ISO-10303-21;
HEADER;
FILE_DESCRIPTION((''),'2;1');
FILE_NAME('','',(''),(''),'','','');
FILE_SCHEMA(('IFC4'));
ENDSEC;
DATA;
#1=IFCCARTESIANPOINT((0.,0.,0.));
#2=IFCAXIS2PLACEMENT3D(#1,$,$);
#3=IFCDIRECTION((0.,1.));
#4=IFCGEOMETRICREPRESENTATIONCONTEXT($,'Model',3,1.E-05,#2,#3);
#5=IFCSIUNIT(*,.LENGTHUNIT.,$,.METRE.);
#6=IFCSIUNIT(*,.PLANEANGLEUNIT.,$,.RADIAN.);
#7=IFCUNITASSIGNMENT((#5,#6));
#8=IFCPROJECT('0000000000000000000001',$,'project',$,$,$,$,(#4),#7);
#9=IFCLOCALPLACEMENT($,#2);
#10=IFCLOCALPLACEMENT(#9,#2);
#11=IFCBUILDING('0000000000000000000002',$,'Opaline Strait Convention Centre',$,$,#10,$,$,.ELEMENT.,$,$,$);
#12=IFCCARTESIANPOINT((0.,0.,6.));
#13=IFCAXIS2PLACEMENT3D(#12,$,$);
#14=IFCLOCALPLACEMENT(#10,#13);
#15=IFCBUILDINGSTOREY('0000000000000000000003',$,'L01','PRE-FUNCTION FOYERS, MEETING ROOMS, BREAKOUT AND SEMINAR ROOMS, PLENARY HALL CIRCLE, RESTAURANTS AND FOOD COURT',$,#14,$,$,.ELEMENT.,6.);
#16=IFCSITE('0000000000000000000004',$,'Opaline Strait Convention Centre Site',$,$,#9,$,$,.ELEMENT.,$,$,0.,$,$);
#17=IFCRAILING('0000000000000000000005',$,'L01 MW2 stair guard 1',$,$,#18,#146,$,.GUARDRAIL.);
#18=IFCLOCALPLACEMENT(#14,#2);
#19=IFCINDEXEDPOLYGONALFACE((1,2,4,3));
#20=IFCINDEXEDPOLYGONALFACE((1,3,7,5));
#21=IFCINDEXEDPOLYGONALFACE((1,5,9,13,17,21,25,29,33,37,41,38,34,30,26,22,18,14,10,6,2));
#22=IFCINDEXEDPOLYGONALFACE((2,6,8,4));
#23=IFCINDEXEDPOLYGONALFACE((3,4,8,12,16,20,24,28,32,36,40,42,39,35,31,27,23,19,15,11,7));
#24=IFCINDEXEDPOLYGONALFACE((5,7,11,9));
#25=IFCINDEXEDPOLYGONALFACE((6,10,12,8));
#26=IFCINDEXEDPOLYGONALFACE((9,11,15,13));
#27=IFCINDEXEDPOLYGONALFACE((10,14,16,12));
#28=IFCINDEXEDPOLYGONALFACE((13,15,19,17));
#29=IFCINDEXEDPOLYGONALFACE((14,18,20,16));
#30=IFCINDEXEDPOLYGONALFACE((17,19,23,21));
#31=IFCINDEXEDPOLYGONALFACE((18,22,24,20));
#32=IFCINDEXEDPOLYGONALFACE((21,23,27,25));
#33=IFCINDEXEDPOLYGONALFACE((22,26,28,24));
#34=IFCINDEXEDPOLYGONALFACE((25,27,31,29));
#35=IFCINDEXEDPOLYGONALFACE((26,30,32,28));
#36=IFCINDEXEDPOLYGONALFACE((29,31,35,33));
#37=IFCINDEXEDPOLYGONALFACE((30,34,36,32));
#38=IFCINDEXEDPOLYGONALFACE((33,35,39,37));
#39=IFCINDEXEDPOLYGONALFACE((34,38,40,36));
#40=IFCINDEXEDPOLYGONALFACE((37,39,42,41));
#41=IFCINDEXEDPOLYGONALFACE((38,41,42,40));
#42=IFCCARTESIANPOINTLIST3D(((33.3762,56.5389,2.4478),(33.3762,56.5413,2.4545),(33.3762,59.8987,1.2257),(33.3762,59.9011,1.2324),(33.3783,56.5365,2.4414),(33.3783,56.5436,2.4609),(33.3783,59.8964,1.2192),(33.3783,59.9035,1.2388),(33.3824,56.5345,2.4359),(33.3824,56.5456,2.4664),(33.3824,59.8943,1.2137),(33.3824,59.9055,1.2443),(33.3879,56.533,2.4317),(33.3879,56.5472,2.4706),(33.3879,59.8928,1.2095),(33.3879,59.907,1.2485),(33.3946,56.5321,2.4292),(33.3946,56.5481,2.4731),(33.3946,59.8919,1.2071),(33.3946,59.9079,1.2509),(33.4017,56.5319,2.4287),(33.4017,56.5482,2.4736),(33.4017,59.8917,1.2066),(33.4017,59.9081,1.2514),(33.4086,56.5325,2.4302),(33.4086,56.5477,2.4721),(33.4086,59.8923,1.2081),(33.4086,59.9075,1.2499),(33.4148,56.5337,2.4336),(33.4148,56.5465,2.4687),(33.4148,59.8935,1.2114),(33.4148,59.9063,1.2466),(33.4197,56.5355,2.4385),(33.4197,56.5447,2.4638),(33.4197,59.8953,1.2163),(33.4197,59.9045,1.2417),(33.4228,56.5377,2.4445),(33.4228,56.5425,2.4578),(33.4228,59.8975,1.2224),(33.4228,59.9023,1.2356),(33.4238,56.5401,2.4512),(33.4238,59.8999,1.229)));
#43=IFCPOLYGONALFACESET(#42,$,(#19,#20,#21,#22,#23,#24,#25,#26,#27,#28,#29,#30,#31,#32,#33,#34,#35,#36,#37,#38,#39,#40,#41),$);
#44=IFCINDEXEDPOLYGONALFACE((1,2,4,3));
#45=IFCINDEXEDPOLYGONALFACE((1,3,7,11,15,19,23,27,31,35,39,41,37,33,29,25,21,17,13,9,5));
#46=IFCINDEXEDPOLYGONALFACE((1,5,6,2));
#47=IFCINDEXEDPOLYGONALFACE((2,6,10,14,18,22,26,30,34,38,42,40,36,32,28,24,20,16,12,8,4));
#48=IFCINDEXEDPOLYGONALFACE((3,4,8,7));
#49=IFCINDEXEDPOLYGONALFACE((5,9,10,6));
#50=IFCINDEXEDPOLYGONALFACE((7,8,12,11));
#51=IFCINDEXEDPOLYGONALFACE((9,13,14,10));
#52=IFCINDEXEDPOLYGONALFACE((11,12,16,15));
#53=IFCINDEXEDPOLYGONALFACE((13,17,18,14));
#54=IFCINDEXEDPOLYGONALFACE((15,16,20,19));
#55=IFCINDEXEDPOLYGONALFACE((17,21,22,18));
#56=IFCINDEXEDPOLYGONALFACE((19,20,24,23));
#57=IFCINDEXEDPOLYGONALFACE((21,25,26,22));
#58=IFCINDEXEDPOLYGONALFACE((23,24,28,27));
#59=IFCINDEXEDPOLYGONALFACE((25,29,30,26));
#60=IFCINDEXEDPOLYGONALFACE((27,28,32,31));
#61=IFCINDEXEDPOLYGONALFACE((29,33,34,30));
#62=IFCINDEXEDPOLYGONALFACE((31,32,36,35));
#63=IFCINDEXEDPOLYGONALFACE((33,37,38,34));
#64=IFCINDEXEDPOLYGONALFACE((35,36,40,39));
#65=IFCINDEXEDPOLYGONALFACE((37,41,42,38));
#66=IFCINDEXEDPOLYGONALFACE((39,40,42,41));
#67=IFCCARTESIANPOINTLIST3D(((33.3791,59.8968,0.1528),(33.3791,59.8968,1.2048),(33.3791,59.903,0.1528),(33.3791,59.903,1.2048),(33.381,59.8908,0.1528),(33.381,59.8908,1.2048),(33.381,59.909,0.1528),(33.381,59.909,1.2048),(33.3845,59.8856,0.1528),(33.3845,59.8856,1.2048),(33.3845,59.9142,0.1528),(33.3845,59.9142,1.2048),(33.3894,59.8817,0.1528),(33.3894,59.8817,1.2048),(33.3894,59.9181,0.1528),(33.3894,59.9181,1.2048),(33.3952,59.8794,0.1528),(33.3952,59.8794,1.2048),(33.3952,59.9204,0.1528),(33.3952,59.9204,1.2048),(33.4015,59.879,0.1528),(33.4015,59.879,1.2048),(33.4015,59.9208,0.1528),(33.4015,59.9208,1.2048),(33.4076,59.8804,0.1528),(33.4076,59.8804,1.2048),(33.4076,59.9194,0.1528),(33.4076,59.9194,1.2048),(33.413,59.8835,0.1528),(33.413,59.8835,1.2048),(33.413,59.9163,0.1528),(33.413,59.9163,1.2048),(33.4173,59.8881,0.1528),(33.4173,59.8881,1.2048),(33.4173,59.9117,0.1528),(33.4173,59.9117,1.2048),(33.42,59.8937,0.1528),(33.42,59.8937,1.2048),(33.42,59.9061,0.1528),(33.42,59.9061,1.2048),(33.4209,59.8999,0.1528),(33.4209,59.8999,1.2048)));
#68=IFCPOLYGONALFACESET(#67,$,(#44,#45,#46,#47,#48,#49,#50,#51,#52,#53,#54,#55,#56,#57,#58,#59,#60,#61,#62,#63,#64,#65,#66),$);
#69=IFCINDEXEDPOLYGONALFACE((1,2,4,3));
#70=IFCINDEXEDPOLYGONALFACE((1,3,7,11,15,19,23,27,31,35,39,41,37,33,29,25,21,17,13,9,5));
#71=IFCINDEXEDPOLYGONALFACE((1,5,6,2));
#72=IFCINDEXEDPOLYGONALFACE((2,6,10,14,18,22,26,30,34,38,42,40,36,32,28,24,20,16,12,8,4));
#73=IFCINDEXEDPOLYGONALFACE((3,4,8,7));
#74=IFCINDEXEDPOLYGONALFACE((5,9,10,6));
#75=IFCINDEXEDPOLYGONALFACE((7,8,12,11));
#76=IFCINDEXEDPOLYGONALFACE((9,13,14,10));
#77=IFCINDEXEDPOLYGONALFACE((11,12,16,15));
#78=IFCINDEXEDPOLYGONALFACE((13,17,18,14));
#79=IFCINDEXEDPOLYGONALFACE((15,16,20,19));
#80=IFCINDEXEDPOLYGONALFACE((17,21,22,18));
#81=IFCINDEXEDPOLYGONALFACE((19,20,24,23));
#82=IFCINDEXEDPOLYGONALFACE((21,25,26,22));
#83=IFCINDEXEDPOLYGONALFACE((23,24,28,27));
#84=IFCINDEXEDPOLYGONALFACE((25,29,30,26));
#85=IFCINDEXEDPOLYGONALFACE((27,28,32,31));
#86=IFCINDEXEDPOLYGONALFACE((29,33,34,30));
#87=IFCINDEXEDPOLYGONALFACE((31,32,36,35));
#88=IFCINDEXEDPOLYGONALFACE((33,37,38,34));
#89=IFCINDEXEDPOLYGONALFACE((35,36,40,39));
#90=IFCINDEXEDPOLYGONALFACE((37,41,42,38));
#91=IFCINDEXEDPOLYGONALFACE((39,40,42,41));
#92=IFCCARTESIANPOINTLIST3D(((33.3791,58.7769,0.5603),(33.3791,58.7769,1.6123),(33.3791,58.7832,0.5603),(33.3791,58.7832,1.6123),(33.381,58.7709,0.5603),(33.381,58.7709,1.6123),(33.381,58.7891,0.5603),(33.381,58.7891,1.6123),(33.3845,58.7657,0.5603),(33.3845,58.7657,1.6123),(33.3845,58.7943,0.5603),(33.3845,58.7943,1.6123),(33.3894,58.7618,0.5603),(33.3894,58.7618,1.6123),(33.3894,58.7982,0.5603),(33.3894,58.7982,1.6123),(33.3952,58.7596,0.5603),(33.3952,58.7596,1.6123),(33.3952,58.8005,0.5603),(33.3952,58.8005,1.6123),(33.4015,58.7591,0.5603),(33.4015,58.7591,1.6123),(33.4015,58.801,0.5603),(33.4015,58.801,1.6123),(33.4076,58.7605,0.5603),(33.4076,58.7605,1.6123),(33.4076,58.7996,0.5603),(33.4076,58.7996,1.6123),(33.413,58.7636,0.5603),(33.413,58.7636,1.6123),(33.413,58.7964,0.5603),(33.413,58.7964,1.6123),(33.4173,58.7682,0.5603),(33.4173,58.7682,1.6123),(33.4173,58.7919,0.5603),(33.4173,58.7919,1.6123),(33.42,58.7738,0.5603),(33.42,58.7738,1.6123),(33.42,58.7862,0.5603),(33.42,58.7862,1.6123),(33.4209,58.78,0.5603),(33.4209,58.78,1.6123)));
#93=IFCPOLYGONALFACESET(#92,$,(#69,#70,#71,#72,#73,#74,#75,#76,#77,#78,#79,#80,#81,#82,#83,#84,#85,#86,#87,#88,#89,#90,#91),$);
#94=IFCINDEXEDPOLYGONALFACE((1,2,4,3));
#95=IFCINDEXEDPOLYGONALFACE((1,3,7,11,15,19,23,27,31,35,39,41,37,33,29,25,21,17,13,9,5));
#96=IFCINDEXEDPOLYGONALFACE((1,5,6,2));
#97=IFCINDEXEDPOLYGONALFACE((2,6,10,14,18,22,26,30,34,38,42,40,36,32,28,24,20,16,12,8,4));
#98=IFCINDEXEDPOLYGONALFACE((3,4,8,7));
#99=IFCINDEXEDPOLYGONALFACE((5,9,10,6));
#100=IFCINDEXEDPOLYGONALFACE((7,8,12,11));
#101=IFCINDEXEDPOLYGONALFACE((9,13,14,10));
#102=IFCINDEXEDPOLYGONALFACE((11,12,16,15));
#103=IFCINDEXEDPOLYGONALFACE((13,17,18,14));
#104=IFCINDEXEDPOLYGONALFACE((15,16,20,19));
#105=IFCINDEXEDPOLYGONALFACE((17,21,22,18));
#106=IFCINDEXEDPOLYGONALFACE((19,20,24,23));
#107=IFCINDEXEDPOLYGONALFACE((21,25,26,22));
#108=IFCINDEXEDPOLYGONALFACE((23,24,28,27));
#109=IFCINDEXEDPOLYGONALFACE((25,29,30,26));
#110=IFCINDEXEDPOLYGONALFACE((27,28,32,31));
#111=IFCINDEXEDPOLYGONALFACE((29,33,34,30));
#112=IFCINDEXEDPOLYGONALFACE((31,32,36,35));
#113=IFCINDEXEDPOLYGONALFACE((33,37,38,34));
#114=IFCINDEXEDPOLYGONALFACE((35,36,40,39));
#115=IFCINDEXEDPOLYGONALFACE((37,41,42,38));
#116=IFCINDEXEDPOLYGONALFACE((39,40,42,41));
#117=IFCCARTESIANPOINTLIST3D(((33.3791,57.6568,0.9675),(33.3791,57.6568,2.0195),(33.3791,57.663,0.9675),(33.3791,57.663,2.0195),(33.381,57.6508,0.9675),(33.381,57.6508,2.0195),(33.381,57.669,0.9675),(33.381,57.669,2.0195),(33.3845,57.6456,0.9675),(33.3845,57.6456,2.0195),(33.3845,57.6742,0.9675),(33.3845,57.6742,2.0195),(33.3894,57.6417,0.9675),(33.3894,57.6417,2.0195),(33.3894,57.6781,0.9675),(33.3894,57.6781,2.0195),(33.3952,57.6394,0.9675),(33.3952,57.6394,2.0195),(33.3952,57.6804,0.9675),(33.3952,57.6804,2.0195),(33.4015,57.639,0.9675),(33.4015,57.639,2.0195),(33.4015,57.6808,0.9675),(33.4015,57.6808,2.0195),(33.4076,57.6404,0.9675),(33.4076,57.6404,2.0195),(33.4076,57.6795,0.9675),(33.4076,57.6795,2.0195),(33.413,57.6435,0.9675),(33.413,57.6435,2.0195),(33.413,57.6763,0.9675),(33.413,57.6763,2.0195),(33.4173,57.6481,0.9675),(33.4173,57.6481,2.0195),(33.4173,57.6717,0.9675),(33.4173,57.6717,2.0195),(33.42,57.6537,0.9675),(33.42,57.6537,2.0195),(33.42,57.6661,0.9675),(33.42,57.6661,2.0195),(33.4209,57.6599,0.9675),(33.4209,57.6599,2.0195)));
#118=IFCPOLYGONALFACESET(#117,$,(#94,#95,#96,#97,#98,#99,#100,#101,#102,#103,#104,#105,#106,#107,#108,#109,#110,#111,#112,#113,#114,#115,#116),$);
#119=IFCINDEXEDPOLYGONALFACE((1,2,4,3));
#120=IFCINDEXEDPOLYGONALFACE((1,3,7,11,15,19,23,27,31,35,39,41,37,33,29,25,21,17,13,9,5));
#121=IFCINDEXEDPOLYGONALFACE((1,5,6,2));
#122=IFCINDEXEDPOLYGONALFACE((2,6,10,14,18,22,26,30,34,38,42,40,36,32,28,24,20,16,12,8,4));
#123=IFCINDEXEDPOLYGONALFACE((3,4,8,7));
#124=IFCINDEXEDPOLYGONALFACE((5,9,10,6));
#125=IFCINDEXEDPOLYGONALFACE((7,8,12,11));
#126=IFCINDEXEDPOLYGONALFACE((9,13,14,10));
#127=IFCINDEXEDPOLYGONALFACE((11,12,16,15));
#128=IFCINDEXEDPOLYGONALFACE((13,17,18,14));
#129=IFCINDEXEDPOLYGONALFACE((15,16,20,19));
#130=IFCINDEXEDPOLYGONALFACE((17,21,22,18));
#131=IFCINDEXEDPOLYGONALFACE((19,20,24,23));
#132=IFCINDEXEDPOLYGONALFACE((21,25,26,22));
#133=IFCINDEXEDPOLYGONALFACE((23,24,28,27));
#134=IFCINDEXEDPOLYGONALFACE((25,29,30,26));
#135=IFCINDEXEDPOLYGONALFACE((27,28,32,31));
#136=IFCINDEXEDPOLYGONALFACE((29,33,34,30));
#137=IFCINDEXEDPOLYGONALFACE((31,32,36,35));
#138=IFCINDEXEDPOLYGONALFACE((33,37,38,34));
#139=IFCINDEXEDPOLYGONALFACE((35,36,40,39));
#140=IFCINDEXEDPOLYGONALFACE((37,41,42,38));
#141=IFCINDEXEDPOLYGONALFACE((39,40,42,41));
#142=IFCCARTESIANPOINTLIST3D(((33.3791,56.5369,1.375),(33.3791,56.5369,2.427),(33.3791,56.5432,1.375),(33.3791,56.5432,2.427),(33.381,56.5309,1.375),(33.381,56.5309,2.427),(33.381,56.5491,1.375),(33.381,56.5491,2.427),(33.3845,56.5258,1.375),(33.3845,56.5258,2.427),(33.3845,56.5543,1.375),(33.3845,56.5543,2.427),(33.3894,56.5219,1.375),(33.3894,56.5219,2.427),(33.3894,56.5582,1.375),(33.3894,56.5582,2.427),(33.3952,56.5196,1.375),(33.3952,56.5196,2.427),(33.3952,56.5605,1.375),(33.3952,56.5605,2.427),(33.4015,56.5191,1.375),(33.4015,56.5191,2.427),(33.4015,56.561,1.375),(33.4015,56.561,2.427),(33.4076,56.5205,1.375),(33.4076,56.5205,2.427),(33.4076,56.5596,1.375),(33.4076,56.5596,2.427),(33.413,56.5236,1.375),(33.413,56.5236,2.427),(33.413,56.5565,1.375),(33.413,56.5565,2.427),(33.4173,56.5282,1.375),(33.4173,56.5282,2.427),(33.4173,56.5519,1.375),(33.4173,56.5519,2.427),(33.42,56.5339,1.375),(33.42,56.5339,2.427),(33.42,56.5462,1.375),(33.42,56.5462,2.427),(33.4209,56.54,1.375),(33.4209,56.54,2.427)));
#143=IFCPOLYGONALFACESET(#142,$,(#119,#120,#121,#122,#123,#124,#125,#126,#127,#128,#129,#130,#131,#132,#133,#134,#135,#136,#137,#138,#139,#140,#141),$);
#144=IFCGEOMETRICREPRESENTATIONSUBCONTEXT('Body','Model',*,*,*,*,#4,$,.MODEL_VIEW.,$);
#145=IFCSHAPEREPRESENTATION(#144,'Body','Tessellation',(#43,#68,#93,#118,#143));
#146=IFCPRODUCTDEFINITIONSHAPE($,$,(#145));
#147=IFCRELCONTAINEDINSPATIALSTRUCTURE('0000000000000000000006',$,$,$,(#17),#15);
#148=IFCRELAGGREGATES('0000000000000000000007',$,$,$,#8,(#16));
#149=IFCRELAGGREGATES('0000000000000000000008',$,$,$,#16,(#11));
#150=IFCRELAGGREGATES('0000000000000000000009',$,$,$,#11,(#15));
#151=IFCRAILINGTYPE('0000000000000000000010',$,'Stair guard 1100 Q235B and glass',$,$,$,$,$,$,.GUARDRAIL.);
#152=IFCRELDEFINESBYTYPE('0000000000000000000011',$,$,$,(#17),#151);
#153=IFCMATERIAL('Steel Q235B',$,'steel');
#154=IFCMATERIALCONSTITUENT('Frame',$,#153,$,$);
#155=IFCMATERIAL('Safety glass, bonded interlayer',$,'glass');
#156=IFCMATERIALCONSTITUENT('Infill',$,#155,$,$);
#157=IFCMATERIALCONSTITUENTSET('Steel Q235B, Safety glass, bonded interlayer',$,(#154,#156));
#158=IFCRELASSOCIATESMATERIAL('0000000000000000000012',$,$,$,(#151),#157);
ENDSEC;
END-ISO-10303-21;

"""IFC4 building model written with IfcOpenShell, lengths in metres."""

from ifc_helpers import new_model, si_unit, direction, frame, origin, origin_2d, place, context, subcontext, project, spatial, circle, extrude, material, constituent, constituent_set, type_object, element, save


model = new_model("IFC4")

# Units and contexts
model_context = context("Model", 3, precision=1e-05, world=origin(), true_north=direction((0.0, 1.0)))
body_context = subcontext(model_context, "Body", "Model", "MODEL_VIEW")
ifc_project = project(units=[si_unit("LENGTHUNIT", "METRE"), si_unit("PLANEANGLEUNIT", "RADIAN")], contexts=[model_context])

# Site, building, storey
site_placement = place(None, origin())
site = spatial("IfcSite", under=ifc_project, at=site_placement, Name="Opaline Strait Convention Centre Site", CompositionType="ELEMENT", RefElevation=0.0)
building_placement = place(site_placement, origin())
building = spatial("IfcBuilding", under=site, at=building_placement, Name="Opaline Strait Convention Centre", CompositionType="ELEMENT")
storey_placement = place(building_placement, frame((0.0, 0.0, 6.0)))
storey = spatial("IfcBuildingStorey", under=building, at=storey_placement, Name="L01", Description="PRE-FUNCTION FOYERS, MEETING ROOMS, BREAKOUT AND SEMINAR ROOMS, PLENARY HALL CIRCLE, RESTAURANTS AND FOOD COURT", CompositionType="ELEMENT", Elevation=6.0)

# Railing
ifc_material_1 = material(Name="Steel Q235B", Category="steel")
ifc_constituent_1 = constituent(ifc_material_1, Name="Frame")
ifc_material_2 = material(Name="Safety glass, bonded interlayer", Category="glass")
ifc_constituent_2 = constituent(ifc_material_2, Name="Infill")
ifc_constituent_set = constituent_set(constituents=[ifc_constituent_1, ifc_constituent_2], Name="Steel Q235B, Safety glass, bonded interlayer")
railing_type_1 = type_object("IfcRailingType", Name="Stair guard 1100 Q235B and glass", PredefinedType="GUARDRAIL", material=ifc_constituent_set)
railing_1_placement = place(storey_placement, frame((33.3999, 59.8999, 0.1528)))
element("IfcRailing", 1, at=railing_1_placement, inside=storey, type_object=railing_type_1, Name="L01 MW2 stair guard 1", PredefinedType="GUARDRAIL", context=body_context, shape_type="SweptSolid", body=[
    extrude(circle(Radius=0.0239, at=origin_2d()), frame((0.0, 0.0, 1.0762), z_axis=(0.0, -0.939758, 0.341842), x_axis=(1.0, 0.0, 0.0)), (0.0, 0.0, 1.0), 3.5752),
    extrude(circle(Radius=0.021, at=origin_2d()), origin(), (0.0, 0.0, 1.0), 1.052),
    extrude(circle(Radius=0.021, at=origin_2d()), frame((0.0, -1.1199, 0.4075)), (0.0, 0.0, 1.0), 1.052),
    extrude(circle(Radius=0.021, at=origin_2d()), frame((0.0, -2.24, 0.8147)), (0.0, 0.0, 1.0), 1.052),
    extrude(circle(Radius=0.021, at=origin_2d()), frame((0.0, -3.3599, 1.2222)), (0.0, 0.0, 1.0), 1.052),
])

save(model, "model.ifc")
